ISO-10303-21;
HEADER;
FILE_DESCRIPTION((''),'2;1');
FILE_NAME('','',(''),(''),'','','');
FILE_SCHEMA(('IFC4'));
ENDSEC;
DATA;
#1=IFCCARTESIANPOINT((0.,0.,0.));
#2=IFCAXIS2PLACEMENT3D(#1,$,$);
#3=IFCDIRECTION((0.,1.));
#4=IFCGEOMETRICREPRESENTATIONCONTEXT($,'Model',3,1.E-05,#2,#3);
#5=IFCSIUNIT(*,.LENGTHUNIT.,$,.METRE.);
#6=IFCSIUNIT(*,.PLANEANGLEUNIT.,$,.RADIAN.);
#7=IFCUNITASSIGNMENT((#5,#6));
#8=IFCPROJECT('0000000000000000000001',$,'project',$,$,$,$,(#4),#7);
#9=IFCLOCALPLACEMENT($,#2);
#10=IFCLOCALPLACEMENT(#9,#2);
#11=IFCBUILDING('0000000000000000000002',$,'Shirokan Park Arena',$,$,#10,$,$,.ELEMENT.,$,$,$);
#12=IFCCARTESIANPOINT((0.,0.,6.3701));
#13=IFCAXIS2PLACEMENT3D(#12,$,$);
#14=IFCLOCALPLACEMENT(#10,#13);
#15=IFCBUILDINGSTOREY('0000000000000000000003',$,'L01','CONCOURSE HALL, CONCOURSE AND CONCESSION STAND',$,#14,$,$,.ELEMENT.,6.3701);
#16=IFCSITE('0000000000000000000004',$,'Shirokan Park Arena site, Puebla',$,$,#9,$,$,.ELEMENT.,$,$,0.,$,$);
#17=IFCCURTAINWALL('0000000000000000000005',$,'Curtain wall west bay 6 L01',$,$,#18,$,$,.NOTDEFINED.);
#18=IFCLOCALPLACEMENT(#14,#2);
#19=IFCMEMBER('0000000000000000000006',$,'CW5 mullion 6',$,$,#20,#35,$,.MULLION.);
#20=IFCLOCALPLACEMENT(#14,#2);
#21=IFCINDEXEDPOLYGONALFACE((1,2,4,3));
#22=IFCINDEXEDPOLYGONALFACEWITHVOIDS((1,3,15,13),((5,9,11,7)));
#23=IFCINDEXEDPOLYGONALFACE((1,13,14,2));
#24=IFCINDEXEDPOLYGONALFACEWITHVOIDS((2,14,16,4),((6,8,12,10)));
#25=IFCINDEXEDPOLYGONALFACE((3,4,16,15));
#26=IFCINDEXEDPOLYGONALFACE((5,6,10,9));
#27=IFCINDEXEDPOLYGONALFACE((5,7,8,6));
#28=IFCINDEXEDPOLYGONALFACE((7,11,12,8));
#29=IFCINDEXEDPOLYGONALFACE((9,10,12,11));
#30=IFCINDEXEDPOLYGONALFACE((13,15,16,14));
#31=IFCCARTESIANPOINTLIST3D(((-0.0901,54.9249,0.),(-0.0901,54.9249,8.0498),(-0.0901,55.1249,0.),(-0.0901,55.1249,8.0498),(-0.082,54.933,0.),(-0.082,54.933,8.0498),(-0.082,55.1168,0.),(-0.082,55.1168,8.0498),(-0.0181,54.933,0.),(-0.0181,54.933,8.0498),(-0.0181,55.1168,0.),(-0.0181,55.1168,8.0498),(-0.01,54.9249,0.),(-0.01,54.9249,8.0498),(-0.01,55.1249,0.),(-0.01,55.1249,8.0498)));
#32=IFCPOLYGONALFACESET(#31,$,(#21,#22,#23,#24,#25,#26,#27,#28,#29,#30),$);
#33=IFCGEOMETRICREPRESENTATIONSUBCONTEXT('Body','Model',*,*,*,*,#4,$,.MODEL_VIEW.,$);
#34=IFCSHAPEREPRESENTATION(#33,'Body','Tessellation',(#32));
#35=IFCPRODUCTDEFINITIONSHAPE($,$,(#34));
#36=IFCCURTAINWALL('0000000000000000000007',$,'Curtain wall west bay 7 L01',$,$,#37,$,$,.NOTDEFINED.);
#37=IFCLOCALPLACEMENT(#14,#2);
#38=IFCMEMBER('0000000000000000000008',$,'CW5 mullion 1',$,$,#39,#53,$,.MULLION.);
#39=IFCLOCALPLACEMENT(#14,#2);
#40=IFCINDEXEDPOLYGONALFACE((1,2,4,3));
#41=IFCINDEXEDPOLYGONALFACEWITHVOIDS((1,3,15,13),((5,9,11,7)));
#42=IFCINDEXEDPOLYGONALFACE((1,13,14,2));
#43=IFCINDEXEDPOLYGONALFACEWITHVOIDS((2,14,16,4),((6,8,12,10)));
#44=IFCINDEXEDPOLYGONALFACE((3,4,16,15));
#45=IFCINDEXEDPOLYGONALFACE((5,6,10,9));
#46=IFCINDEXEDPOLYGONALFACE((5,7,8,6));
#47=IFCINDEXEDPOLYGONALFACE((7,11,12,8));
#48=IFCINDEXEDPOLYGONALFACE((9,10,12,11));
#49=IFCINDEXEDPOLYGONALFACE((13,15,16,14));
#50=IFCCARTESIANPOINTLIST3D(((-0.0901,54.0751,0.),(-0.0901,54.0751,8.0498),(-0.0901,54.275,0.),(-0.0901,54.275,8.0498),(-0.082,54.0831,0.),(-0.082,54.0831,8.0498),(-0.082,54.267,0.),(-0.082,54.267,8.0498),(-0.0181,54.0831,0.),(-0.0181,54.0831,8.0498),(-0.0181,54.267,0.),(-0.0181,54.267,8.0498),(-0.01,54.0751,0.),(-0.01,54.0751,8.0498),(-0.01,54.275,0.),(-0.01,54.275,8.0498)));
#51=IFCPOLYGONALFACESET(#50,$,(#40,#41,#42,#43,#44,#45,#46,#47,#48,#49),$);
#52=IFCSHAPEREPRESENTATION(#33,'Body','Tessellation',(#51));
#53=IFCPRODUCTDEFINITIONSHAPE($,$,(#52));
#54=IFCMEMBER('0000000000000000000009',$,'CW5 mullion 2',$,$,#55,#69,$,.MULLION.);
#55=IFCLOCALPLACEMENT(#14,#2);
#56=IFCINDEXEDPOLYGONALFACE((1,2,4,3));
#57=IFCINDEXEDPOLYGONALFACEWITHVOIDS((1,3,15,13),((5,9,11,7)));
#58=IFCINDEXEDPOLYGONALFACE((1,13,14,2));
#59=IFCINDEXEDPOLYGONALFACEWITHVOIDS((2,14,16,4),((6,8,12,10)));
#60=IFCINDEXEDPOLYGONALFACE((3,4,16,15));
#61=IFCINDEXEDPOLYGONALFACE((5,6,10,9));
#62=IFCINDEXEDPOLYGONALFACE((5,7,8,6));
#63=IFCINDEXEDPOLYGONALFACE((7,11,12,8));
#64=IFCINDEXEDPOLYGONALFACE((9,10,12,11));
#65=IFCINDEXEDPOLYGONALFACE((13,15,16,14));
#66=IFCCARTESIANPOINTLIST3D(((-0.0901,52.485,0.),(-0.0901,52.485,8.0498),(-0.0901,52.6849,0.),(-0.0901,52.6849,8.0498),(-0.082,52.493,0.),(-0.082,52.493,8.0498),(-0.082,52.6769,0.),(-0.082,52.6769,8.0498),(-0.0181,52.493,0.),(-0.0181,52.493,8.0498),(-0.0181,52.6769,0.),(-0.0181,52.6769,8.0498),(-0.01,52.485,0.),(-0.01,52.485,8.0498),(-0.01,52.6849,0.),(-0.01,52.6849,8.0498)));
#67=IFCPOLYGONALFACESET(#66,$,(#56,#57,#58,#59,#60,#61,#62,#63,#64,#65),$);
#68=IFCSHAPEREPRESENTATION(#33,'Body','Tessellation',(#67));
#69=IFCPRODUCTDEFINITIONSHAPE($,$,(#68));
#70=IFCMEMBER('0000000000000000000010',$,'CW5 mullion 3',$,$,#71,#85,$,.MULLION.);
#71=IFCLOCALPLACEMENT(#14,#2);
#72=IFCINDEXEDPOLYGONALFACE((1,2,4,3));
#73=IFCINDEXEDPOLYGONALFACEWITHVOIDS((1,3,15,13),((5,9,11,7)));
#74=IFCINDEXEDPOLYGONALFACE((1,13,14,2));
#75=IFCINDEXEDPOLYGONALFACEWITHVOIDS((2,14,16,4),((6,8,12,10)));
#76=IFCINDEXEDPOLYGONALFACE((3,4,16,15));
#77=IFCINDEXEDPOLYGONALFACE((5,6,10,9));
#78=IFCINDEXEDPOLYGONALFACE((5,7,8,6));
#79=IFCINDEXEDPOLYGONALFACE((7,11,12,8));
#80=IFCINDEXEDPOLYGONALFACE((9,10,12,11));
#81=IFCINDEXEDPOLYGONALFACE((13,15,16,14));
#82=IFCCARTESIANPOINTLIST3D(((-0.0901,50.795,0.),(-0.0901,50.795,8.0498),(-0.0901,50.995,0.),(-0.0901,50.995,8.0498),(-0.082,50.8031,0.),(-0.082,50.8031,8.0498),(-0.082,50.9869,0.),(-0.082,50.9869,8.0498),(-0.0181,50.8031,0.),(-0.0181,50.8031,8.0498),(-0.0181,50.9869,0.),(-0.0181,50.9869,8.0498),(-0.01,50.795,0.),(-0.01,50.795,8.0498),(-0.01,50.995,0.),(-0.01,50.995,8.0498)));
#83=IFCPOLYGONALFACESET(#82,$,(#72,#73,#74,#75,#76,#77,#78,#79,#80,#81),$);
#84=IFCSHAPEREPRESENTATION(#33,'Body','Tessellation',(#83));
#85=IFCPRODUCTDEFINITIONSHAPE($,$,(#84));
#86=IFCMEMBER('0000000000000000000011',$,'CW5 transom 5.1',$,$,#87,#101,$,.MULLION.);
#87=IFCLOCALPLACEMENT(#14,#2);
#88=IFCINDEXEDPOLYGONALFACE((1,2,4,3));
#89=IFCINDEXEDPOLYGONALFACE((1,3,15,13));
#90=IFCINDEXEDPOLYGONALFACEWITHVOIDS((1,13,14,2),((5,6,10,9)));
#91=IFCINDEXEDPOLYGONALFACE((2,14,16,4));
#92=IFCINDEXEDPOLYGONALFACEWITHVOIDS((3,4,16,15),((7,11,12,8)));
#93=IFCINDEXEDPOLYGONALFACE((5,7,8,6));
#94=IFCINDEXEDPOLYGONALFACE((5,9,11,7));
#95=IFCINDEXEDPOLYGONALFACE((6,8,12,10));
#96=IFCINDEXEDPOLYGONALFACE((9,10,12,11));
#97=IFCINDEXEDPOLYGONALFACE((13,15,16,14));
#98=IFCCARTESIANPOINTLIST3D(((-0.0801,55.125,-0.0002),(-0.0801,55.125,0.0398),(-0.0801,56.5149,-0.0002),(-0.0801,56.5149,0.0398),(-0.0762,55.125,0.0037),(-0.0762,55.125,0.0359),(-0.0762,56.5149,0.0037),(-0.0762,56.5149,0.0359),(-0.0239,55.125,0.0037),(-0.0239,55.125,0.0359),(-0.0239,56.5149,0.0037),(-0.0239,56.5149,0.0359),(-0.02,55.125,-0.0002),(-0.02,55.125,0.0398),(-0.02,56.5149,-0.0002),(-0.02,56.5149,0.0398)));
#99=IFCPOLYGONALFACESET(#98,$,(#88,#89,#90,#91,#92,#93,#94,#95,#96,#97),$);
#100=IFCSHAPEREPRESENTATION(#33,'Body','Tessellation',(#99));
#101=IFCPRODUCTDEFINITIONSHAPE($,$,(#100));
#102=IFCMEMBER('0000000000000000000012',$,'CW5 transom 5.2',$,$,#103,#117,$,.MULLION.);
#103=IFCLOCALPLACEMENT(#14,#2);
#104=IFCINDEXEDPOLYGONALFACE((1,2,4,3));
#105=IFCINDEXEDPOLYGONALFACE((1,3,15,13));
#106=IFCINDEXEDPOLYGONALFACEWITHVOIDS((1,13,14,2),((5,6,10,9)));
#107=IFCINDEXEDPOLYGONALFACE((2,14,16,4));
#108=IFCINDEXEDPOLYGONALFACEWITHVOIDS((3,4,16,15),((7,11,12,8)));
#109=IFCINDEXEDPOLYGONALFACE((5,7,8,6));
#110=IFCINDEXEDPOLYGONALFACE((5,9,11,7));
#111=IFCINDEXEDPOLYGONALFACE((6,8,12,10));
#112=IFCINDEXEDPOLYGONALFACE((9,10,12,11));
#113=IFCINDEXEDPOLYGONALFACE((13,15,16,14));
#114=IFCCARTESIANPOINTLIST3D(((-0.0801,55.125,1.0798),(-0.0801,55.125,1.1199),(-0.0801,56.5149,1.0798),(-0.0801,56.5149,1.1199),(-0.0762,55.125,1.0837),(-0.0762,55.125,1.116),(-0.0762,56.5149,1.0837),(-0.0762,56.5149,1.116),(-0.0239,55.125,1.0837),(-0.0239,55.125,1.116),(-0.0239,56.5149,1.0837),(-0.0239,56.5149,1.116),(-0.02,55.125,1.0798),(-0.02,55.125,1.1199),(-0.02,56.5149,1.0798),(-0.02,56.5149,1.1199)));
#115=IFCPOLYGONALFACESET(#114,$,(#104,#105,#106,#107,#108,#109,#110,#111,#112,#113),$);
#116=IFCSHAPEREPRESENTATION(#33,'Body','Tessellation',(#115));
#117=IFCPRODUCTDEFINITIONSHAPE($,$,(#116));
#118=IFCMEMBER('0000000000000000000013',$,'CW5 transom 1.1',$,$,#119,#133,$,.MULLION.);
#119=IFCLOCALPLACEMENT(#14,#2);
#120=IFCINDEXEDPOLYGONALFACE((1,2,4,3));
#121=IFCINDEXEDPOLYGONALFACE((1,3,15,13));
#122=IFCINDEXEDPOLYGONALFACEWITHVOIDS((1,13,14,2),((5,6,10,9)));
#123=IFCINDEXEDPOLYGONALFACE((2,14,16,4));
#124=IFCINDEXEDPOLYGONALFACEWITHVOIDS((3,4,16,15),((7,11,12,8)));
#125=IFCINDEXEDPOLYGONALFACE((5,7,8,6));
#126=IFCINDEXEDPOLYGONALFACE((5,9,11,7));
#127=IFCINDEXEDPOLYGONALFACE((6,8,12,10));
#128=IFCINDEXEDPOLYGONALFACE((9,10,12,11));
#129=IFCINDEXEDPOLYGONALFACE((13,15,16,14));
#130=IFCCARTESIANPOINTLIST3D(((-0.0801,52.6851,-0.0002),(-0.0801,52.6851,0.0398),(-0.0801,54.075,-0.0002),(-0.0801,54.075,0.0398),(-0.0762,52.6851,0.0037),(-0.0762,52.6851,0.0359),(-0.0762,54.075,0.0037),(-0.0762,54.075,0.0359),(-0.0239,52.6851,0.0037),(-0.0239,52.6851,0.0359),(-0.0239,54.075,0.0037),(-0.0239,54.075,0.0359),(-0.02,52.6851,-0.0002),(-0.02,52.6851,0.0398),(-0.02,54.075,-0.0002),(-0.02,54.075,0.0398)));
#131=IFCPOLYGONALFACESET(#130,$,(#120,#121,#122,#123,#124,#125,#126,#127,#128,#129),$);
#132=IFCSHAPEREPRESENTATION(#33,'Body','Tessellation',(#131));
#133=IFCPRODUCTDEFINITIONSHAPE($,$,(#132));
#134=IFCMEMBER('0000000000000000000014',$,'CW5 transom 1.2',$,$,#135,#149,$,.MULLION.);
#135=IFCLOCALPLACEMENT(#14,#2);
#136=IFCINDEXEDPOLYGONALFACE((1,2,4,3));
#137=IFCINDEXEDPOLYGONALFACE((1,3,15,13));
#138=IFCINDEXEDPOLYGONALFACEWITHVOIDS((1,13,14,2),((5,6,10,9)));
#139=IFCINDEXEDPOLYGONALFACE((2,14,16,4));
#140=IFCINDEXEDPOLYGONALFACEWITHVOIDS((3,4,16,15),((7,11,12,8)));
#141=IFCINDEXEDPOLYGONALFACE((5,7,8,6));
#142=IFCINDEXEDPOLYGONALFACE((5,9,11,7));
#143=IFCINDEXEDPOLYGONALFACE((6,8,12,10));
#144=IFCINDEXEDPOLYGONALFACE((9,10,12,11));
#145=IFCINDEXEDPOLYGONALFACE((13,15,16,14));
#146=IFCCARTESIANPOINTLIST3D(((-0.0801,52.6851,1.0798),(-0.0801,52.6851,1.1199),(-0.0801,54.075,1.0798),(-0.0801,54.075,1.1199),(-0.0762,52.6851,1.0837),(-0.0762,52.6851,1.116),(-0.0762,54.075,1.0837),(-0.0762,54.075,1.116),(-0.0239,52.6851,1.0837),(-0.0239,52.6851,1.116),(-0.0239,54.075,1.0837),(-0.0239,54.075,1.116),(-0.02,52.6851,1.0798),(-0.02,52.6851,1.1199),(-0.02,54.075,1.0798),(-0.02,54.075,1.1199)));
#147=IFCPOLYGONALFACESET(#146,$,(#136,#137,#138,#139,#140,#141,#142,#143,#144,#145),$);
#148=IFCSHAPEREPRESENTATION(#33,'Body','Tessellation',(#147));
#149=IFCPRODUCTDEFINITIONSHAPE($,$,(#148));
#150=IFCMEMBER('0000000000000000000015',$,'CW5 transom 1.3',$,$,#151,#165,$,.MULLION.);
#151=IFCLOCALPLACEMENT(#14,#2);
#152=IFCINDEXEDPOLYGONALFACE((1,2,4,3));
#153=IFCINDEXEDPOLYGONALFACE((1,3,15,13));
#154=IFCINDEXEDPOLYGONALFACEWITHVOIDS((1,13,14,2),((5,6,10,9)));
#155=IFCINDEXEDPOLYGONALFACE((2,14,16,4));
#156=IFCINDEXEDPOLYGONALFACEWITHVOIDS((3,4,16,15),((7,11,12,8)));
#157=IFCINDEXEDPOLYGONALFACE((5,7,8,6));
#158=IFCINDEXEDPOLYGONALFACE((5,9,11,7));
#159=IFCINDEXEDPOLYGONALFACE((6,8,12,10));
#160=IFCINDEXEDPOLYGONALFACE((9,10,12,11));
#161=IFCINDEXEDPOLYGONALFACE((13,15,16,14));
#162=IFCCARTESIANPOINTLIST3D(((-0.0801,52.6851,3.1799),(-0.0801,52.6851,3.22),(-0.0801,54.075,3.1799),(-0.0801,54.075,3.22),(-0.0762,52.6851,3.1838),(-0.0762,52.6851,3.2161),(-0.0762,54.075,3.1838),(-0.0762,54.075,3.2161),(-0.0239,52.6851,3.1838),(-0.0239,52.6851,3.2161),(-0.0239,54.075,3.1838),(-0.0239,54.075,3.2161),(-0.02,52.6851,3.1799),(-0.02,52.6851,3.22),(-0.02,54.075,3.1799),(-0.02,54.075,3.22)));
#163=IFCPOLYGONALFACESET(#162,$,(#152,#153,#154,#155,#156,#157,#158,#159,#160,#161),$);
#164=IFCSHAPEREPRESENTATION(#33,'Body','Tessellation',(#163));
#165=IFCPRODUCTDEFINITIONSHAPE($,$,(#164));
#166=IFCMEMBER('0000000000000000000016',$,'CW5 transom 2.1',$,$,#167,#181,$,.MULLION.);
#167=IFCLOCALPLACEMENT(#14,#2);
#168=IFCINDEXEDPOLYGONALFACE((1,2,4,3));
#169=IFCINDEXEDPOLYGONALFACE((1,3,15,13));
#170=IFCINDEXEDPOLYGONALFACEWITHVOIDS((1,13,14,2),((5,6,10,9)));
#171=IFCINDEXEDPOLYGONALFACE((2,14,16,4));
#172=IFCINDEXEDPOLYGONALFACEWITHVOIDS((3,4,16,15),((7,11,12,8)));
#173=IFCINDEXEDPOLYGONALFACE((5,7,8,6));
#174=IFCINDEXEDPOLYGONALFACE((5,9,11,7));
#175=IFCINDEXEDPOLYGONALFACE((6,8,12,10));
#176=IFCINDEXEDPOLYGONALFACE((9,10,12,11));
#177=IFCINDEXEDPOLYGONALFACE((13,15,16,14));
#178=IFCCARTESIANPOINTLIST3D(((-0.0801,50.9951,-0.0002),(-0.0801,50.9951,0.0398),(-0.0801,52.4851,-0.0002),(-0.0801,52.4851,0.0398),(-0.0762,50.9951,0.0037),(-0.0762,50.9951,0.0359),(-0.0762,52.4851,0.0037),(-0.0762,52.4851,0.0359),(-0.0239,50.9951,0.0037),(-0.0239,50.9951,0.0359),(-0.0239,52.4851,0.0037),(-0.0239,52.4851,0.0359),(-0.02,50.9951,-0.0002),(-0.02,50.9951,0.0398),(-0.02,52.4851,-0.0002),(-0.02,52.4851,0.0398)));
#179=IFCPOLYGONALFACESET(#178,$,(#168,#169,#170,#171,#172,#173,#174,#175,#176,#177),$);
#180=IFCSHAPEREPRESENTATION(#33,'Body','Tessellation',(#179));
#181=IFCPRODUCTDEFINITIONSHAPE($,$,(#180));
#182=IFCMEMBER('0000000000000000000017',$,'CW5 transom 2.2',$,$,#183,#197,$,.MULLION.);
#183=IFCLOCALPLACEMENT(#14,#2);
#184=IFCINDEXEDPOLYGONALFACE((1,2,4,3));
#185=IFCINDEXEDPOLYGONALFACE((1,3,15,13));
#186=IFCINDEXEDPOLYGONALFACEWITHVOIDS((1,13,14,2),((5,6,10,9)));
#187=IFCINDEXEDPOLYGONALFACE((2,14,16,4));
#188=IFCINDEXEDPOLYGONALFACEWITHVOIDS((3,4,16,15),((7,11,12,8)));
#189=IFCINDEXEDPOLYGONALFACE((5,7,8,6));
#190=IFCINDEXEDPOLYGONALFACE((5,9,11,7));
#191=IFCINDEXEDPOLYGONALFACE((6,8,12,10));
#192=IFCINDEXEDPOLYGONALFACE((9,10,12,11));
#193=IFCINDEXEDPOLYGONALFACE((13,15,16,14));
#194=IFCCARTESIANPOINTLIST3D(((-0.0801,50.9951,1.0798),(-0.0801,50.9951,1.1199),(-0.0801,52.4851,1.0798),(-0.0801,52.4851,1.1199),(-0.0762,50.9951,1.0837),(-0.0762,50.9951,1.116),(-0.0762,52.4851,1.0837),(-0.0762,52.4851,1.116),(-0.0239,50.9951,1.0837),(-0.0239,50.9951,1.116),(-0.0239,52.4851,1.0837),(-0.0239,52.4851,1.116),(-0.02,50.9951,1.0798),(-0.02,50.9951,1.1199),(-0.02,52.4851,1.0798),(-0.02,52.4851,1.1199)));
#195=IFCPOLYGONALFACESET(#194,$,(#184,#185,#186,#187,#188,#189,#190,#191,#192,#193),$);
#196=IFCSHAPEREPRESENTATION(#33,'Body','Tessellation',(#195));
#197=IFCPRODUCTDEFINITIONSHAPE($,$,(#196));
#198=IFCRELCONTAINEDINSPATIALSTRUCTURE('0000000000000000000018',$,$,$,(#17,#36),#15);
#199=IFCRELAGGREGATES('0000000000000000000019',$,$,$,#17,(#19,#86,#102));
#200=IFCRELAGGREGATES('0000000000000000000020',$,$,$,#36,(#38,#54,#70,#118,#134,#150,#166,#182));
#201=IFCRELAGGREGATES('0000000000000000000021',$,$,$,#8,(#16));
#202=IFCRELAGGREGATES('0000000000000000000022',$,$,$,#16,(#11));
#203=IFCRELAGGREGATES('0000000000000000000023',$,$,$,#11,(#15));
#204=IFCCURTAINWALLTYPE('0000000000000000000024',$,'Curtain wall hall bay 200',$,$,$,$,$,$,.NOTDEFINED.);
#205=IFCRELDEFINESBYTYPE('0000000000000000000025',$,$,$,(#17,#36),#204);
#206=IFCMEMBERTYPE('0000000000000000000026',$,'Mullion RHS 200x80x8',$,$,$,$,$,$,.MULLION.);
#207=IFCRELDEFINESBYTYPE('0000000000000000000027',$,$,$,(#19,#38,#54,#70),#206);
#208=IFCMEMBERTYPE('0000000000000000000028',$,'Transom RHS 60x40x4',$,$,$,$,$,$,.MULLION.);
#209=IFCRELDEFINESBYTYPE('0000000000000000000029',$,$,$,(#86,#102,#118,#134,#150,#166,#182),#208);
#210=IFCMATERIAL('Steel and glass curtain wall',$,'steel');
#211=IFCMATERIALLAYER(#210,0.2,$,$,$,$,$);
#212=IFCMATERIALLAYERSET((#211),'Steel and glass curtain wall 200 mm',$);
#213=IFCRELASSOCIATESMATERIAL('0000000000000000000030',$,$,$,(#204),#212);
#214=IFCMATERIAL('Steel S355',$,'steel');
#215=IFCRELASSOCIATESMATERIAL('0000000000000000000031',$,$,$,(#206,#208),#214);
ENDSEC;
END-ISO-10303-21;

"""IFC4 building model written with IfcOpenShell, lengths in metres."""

from ifc_helpers import new_model, si_unit, direction, frame, origin, origin_2d, place, context, subcontext, project, spatial, hollow_rectangle, extrude, material, layer, layer_set, material_profile, profile_set, type_object, element, aggregate, save


model = new_model("IFC4")

# Units and contexts
model_context = context("Model", 3, precision=1e-05, world=origin(), true_north=direction((0.0, 1.0)))
body_context = subcontext(model_context, "Body", "Model", "MODEL_VIEW")
ifc_project = project(units=[si_unit("LENGTHUNIT", "METRE"), si_unit("PLANEANGLEUNIT", "RADIAN")], contexts=[model_context])

# Site, building, storey
site_placement = place(None, origin())
site = spatial("IfcSite", under=ifc_project, at=site_placement, Name="Shirokan Park Arena site, Puebla", CompositionType="ELEMENT", RefElevation=0.0)
building_placement = place(site_placement, origin())
building = spatial("IfcBuilding", under=site, at=building_placement, Name="Shirokan Park Arena", CompositionType="ELEMENT")
storey_placement = place(building_placement, frame((0.0, 0.0, 6.3701)))
storey = spatial("IfcBuildingStorey", under=building, at=storey_placement, Name="L01", Description="CONCOURSE HALL, CONCOURSE AND CONCESSION STAND", CompositionType="ELEMENT", Elevation=6.3701)

# Curtain wall, member
ifc_material_1 = material(Name="Steel and glass curtain wall", Category="steel")
ifc_layer_1 = layer(ifc_material_1, 0.2)
ifc_layer_set_1 = layer_set([ifc_layer_1], Name="Steel and glass curtain wall 200 mm")
curtain_wall_type = type_object("IfcCurtainWallType", Name="Curtain wall hall bay 200", PredefinedType="NOTDEFINED", material=ifc_layer_set_1)
curtain_wall_1_placement = place(storey_placement, origin())
curtain_wall_1 = element("IfcCurtainWall", 1, at=curtain_wall_1_placement, inside=storey, type_object=curtain_wall_type, Name="Curtain wall west bay 6 L01", PredefinedType="NOTDEFINED")
ifc_material_2 = material(Name="Steel S355", Category="steel")
ifc_material_profile_1 = material_profile(ifc_material_2, hollow_rectangle(XDim=0.0801, YDim=0.2, WallThickness=0.0081, at=origin_2d()), Name="RHS 200x80x8")
ifc_profile_set_1 = profile_set([ifc_material_profile_1], Name="Steel S355")
member_type_1 = type_object("IfcMemberType", Name="Mullion RHS 200x80x8", PredefinedType="MULLION", material=ifc_profile_set_1)
member_1_placement = place(storey_placement, frame((-0.05, 55.0249, 0.0), z_axis=(0.0, 0.0, 1.0), x_axis=(1.0, 0.0, 0.0)))
member_1 = element("IfcMember", 2, at=member_1_placement, type_object=member_type_1, Name="CW5 mullion 6", PredefinedType="MULLION", context=body_context, shape_type="SweptSolid", body=[
    extrude(hollow_rectangle(XDim=0.0801, YDim=0.2, WallThickness=0.0081, at=origin_2d()), origin(), (0.0, 0.0, 1.0), 8.0498),
])

# Curtain wall, members
curtain_wall_2_placement = place(storey_placement, origin())
curtain_wall_2 = element("IfcCurtainWall", 3, at=curtain_wall_2_placement, inside=storey, type_object=curtain_wall_type, Name="Curtain wall west bay 7 L01", PredefinedType="NOTDEFINED")
member_2_placement = place(storey_placement, frame((-0.05, 54.175, 0.0), z_axis=(0.0, 0.0, 1.0), x_axis=(1.0, 0.0, 0.0)))
member_2 = element("IfcMember", 4, at=member_2_placement, type_object=member_type_1, Name="CW5 mullion 1", PredefinedType="MULLION", context=body_context, shape_type="SweptSolid", body=[
    extrude(hollow_rectangle(XDim=0.0801, YDim=0.2, WallThickness=0.0081, at=origin_2d()), origin(), (0.0, 0.0, 1.0), 8.0498),
])
member_3_placement = place(storey_placement, frame((-0.05, 52.585, 0.0), z_axis=(0.0, 0.0, 1.0), x_axis=(1.0, 0.0, 0.0)))
member_3 = element("IfcMember", 5, at=member_3_placement, type_object=member_type_1, Name="CW5 mullion 2", PredefinedType="MULLION", context=body_context, shape_type="SweptSolid", body=[
    extrude(hollow_rectangle(XDim=0.0801, YDim=0.2, WallThickness=0.0081, at=origin_2d()), origin(), (0.0, 0.0, 1.0), 8.0498),
])
member_4_placement = place(storey_placement, frame((-0.05, 50.895, 0.0), z_axis=(0.0, 0.0, 1.0), x_axis=(1.0, 0.0, 0.0)))
member_4 = element("IfcMember", 6, at=member_4_placement, type_object=member_type_1, Name="CW5 mullion 3", PredefinedType="MULLION", context=body_context, shape_type="SweptSolid", body=[
    extrude(hollow_rectangle(XDim=0.0801, YDim=0.2, WallThickness=0.0081, at=origin_2d()), origin(), (0.0, 0.0, 1.0), 8.0498),
])

# Members
ifc_material_profile_2 = material_profile(ifc_material_2, hollow_rectangle(XDim=0.0601, YDim=0.04, WallThickness=0.0039, at=origin_2d()), Name="RHS 60x40x4")
ifc_profile_set_2 = profile_set([ifc_material_profile_2], Name="Steel S355")
member_type_2 = type_object("IfcMemberType", Name="Transom RHS 60x40x4", PredefinedType="MULLION", material=ifc_profile_set_2)
member_5_placement = place(storey_placement, frame((-0.05, 56.5149, 0.0198), z_axis=(0.0, -1.0, 0.0), x_axis=(1.0, 0.0, 0.0)))
member_5 = element("IfcMember", 7, at=member_5_placement, type_object=member_type_2, Name="CW5 transom 5.1", PredefinedType="MULLION", context=body_context, shape_type="SweptSolid", body=[
    extrude(hollow_rectangle(XDim=0.0601, YDim=0.04, WallThickness=0.0039, at=origin_2d()), origin(), (0.0, 0.0, 1.0), 1.3899),
])
member_6_placement = place(storey_placement, frame((-0.05, 56.5149, 1.0999), z_axis=(0.0, -1.0, 0.0), x_axis=(1.0, 0.0, 0.0)))
member_6 = element("IfcMember", 8, at=member_6_placement, type_object=member_type_2, Name="CW5 transom 5.2", PredefinedType="MULLION", context=body_context, shape_type="SweptSolid", body=[
    extrude(hollow_rectangle(XDim=0.0601, YDim=0.04, WallThickness=0.0039, at=origin_2d()), origin(), (0.0, 0.0, 1.0), 1.3899),
])
member_7_placement = place(storey_placement, frame((-0.05, 54.075, 0.0198), z_axis=(0.0, -1.0, 0.0), x_axis=(1.0, 0.0, 0.0)))
member_7 = element("IfcMember", 9, at=member_7_placement, type_object=member_type_2, Name="CW5 transom 1.1", PredefinedType="MULLION", context=body_context, shape_type="SweptSolid", body=[
    extrude(hollow_rectangle(XDim=0.0601, YDim=0.04, WallThickness=0.0039, at=origin_2d()), origin(), (0.0, 0.0, 1.0), 1.3899),
])
member_8_placement = place(storey_placement, frame((-0.05, 54.075, 1.0999), z_axis=(0.0, -1.0, 0.0), x_axis=(1.0, 0.0, 0.0)))
member_8 = element("IfcMember", 10, at=member_8_placement, type_object=member_type_2, Name="CW5 transom 1.2", PredefinedType="MULLION", context=body_context, shape_type="SweptSolid", body=[
    extrude(hollow_rectangle(XDim=0.0601, YDim=0.04, WallThickness=0.0039, at=origin_2d()), origin(), (0.0, 0.0, 1.0), 1.3899),
])
member_9_placement = place(storey_placement, frame((-0.05, 54.075, 3.2), z_axis=(0.0, -1.0, 0.0), x_axis=(1.0, 0.0, 0.0)))
member_9 = element("IfcMember", 11, at=member_9_placement, type_object=member_type_2, Name="CW5 transom 1.3", PredefinedType="MULLION", context=body_context, shape_type="SweptSolid", body=[
    extrude(hollow_rectangle(XDim=0.0601, YDim=0.04, WallThickness=0.0039, at=origin_2d()), origin(), (0.0, 0.0, 1.0), 1.3899),
])
member_10_placement = place(storey_placement, frame((-0.05, 52.4851, 0.0198), z_axis=(0.0, -1.0, 0.0), x_axis=(1.0, 0.0, 0.0)))
member_10 = element("IfcMember", 12, at=member_10_placement, type_object=member_type_2, Name="CW5 transom 2.1", PredefinedType="MULLION", context=body_context, shape_type="SweptSolid", body=[
    extrude(hollow_rectangle(XDim=0.0601, YDim=0.04, WallThickness=0.0039, at=origin_2d()), origin(), (0.0, 0.0, 1.0), 1.49),
])
member_11_placement = place(storey_placement, frame((-0.05, 52.4851, 1.0999), z_axis=(0.0, -1.0, 0.0), x_axis=(1.0, 0.0, 0.0)))
member_11 = element("IfcMember", 13, at=member_11_placement, type_object=member_type_2, Name="CW5 transom 2.2", PredefinedType="MULLION", context=body_context, shape_type="SweptSolid", body=[
    extrude(hollow_rectangle(XDim=0.0601, YDim=0.04, WallThickness=0.0039, at=origin_2d()), origin(), (0.0, 0.0, 1.0), 1.49),
])

aggregate(curtain_wall_1, [member_1, member_5, member_6])
aggregate(curtain_wall_2, [member_2, member_3, member_4, member_7, member_8, member_9, member_10, member_11])

save(model, "model.ifc")
